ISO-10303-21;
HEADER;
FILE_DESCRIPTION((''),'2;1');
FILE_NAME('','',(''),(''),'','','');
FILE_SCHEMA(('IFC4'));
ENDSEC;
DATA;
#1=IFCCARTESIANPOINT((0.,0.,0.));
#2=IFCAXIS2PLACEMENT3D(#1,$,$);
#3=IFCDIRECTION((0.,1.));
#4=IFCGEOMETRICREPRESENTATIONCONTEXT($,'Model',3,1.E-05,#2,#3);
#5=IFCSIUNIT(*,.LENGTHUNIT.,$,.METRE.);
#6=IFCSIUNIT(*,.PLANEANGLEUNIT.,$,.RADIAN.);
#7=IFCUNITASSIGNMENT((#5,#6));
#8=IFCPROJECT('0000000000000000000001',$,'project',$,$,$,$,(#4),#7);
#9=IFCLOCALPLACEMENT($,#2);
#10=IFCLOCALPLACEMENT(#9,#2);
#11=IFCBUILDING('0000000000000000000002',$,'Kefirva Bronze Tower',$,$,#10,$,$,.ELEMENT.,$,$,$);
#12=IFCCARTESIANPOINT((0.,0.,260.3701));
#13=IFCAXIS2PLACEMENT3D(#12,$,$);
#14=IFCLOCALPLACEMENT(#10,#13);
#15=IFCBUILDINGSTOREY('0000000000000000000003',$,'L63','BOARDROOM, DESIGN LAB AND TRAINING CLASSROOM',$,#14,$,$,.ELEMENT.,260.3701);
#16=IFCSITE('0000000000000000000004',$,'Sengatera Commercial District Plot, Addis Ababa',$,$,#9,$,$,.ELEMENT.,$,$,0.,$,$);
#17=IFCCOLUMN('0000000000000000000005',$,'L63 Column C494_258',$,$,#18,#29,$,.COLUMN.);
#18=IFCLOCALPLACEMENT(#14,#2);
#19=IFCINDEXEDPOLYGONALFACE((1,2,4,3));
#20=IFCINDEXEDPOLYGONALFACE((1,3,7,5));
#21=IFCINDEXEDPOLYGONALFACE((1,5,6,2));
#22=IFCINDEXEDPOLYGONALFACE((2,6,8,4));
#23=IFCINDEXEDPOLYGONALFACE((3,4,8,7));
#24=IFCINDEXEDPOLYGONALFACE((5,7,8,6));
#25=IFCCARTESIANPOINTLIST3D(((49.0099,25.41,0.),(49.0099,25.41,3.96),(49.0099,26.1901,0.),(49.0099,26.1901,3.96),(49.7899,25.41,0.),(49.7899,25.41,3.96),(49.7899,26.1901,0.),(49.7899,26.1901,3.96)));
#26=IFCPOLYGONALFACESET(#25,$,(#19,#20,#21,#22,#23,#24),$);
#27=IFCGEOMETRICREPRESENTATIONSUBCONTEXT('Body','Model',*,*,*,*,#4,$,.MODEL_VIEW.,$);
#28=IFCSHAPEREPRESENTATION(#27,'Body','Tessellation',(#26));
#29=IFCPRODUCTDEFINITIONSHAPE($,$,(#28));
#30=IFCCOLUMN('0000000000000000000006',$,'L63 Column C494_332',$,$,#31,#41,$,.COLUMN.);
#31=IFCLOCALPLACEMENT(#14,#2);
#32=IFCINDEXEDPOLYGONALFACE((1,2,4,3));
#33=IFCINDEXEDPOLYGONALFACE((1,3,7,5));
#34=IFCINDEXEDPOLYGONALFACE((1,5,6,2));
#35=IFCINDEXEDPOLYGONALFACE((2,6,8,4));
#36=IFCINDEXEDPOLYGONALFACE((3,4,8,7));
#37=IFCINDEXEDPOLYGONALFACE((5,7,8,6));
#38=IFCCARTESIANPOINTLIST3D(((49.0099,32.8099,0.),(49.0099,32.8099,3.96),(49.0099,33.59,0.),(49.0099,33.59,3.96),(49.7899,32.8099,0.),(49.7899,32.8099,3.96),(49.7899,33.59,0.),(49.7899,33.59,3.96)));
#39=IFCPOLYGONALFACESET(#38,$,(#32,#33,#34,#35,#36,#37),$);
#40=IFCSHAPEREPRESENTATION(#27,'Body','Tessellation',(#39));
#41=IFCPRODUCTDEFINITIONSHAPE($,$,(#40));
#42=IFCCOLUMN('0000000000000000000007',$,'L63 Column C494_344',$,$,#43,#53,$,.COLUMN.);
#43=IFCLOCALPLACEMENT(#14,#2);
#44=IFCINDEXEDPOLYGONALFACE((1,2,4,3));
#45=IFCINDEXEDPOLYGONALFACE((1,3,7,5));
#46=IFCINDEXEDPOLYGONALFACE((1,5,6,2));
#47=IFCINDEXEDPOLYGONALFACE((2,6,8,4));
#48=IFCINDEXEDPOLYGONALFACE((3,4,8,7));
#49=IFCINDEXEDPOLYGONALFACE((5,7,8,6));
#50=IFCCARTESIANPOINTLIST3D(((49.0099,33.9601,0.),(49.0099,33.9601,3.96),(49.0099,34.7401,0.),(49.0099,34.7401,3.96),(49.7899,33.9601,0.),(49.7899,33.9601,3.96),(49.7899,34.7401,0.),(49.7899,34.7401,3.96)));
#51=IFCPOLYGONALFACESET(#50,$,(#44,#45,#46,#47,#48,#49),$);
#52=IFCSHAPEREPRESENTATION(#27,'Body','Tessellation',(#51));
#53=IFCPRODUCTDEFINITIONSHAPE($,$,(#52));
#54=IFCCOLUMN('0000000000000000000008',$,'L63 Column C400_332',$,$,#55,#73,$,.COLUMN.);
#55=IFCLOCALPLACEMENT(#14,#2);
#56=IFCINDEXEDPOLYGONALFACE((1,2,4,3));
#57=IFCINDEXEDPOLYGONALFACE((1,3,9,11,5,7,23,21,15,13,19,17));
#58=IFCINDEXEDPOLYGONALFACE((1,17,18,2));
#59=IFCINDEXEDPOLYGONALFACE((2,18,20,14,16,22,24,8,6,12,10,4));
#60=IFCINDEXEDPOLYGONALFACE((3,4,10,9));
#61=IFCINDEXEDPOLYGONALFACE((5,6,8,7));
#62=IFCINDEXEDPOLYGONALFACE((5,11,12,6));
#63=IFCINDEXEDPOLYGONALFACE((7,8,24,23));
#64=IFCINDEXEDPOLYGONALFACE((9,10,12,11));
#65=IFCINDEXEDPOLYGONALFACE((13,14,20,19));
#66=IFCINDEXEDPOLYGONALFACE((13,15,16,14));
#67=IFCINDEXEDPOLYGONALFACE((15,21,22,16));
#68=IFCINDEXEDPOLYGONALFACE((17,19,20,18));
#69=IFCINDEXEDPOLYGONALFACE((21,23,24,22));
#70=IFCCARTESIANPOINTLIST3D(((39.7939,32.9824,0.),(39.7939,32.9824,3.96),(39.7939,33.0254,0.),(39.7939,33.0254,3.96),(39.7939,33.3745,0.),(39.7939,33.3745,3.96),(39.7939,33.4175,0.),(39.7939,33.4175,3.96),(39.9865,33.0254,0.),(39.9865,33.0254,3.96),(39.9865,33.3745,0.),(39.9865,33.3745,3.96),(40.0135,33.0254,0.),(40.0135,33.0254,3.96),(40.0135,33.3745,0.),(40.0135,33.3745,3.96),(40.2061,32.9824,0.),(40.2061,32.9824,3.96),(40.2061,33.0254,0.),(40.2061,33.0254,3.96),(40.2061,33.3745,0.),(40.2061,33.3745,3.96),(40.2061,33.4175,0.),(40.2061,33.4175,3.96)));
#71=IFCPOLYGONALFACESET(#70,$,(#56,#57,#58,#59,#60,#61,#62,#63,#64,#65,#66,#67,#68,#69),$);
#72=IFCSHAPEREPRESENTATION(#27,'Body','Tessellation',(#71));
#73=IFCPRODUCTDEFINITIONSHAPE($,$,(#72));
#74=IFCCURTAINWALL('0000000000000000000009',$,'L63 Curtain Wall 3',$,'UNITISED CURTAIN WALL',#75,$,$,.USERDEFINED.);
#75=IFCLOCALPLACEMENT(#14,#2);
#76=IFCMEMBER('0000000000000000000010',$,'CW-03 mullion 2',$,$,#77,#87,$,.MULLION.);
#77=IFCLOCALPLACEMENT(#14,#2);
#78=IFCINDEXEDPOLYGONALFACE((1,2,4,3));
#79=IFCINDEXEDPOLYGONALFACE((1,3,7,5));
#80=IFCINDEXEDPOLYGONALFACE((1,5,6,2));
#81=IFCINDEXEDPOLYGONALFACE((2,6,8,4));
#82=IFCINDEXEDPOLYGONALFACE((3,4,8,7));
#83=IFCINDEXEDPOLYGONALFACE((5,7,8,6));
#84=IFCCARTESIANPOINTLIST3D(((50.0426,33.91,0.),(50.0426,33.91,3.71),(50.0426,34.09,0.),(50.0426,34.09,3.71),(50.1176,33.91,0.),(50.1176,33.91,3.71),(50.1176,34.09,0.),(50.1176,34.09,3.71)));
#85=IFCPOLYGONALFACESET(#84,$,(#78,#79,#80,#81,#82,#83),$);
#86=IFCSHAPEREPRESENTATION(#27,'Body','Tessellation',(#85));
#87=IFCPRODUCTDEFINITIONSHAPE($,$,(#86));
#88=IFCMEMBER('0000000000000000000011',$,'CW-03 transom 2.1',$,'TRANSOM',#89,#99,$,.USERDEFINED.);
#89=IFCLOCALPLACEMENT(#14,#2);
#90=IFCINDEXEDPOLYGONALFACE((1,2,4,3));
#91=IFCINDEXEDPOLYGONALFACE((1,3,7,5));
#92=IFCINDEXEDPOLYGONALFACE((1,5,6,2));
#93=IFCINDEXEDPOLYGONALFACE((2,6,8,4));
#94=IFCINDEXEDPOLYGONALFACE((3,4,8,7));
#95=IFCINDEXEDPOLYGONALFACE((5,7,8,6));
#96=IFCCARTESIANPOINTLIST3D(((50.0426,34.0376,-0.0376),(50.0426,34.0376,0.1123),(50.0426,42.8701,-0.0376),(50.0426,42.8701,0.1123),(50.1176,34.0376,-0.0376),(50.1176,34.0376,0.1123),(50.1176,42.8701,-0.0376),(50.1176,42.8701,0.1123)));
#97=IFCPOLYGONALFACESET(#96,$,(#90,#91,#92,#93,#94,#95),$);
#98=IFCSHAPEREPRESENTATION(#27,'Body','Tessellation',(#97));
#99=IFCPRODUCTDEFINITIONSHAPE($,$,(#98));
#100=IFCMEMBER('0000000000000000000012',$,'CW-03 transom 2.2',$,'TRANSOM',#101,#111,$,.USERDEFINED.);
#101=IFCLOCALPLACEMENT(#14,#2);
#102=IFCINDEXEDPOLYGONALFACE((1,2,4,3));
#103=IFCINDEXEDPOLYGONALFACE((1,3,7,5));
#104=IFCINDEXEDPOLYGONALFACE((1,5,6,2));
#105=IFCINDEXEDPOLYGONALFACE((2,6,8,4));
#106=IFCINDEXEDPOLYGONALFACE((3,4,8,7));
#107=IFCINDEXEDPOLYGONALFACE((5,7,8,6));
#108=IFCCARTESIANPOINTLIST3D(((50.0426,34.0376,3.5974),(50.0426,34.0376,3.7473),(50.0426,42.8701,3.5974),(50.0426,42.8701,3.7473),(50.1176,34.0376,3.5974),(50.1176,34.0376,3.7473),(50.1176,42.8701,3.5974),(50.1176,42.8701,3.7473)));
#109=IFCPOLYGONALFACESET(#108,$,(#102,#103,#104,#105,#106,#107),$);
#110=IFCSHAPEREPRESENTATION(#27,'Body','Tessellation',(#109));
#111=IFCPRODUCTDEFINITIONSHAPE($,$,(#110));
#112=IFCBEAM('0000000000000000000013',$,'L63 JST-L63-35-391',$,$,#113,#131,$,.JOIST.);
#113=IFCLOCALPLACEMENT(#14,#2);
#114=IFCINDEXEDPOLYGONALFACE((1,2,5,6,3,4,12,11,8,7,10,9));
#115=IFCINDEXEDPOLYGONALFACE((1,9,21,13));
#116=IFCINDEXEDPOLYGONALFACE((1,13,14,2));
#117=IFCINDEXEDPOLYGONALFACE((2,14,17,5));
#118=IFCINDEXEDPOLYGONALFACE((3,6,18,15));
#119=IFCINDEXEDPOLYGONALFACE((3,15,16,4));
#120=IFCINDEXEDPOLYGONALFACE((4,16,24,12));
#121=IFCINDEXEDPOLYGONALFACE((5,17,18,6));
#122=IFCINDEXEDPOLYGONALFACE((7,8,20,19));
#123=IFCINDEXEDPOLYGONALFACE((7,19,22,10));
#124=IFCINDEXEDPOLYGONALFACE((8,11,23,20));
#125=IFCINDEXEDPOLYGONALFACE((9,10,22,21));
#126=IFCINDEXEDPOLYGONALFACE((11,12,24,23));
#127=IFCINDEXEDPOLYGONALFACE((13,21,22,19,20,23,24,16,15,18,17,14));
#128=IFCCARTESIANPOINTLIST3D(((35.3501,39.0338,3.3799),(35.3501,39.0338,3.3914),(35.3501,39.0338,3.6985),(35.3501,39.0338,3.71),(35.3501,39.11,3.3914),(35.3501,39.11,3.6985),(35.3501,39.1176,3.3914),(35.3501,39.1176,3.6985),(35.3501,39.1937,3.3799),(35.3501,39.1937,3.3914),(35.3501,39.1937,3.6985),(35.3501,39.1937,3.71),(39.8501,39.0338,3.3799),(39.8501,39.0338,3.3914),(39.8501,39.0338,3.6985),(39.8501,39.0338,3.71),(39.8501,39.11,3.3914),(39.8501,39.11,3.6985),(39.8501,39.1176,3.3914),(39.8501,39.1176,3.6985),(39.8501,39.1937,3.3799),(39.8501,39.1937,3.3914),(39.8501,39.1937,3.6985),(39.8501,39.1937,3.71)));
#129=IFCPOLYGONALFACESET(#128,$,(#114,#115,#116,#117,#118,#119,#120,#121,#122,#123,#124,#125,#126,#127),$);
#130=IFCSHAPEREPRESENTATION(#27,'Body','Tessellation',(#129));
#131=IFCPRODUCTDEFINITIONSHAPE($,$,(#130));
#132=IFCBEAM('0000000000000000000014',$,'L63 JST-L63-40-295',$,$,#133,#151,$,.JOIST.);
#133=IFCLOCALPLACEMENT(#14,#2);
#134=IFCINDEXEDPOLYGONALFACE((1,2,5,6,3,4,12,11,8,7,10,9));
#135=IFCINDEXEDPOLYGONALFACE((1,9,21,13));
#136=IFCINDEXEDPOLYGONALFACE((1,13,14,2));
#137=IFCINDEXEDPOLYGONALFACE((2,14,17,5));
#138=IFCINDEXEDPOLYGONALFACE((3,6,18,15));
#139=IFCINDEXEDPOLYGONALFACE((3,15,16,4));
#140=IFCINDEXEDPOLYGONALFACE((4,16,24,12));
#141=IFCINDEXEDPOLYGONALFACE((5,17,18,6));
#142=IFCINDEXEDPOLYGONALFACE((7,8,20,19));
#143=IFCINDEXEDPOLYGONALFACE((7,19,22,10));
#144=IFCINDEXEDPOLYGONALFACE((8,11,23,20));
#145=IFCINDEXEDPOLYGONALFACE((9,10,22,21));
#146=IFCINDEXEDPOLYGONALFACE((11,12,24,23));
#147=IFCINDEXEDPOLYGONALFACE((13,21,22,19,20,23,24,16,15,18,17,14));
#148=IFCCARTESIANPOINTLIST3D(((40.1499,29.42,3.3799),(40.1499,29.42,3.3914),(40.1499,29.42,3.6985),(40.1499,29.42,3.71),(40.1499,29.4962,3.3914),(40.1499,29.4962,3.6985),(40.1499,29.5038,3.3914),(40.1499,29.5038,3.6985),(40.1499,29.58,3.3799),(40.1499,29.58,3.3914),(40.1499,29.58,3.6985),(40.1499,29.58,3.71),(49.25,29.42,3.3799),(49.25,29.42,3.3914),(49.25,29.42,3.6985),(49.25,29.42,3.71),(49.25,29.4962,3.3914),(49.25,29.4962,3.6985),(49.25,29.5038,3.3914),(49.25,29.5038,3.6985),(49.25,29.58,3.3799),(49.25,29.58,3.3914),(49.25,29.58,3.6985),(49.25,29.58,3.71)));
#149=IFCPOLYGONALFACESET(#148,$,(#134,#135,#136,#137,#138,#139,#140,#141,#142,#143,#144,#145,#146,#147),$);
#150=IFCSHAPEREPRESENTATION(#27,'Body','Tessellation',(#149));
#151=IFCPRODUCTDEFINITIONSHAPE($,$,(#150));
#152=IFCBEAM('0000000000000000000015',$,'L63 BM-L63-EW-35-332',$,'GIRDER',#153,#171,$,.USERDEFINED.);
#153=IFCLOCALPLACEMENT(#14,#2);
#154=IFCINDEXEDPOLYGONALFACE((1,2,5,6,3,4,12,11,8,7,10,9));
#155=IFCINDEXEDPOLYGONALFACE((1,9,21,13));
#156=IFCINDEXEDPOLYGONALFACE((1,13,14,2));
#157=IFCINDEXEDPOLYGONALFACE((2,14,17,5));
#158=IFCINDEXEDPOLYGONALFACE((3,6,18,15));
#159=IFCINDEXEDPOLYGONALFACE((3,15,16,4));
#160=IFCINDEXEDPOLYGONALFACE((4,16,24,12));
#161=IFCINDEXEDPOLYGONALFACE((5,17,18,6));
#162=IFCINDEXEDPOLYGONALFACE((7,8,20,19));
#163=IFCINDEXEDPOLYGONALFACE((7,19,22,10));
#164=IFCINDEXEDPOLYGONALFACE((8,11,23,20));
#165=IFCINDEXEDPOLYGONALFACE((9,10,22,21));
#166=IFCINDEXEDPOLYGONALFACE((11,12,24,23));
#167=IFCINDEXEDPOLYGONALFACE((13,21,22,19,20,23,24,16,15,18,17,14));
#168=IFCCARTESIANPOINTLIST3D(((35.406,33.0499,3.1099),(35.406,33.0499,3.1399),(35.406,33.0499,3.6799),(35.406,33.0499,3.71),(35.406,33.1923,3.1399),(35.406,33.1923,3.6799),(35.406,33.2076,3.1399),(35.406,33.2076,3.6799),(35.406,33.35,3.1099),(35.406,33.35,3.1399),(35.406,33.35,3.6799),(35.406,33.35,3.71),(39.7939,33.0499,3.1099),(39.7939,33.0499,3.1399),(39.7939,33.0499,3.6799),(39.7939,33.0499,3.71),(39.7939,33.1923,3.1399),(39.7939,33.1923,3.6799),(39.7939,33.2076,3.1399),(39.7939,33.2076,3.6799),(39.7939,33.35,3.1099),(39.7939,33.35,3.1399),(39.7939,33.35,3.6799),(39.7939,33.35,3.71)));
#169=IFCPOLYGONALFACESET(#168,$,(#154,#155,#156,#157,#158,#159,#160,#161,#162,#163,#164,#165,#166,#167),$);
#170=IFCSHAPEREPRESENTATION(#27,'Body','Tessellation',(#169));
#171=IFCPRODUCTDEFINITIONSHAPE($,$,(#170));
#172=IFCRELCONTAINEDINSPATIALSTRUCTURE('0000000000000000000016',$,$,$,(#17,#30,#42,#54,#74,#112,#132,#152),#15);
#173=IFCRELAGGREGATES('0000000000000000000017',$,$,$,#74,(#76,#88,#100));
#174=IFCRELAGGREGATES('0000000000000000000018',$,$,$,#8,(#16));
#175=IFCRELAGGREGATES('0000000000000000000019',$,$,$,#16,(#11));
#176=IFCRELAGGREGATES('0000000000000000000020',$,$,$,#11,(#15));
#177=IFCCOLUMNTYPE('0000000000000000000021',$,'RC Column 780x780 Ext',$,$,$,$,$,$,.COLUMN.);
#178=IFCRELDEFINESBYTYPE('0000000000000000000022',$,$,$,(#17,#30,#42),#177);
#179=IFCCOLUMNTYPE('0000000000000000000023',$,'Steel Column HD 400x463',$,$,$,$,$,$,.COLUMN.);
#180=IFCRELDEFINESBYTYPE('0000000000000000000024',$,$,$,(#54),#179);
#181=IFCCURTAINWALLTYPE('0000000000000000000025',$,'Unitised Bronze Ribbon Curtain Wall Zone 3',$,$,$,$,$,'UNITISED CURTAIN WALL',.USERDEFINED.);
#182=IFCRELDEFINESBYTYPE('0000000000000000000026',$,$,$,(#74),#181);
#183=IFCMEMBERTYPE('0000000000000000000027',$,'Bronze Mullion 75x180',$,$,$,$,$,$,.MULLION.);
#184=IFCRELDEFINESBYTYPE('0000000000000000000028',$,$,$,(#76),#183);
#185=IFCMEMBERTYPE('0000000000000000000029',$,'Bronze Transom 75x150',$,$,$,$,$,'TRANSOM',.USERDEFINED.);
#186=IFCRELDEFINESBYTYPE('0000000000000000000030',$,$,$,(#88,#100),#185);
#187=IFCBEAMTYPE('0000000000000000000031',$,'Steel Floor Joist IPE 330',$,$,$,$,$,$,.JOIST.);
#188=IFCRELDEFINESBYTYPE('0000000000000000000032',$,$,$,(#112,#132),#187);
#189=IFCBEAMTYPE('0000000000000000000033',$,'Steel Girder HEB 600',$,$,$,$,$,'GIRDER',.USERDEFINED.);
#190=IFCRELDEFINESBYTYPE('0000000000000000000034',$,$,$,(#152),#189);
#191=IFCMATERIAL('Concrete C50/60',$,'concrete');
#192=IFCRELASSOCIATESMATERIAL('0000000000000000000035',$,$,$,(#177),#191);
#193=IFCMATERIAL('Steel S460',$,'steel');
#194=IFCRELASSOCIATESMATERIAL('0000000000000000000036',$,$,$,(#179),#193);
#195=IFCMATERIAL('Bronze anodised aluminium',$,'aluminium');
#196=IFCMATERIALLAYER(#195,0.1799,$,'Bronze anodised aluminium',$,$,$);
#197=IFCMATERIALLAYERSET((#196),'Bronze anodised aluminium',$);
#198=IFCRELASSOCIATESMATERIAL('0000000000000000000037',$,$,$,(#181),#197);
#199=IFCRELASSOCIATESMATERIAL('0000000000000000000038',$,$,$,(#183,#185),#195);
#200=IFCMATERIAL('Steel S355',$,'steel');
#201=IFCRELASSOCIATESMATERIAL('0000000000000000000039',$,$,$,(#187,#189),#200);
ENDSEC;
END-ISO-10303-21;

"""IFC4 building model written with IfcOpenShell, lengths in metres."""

from ifc_helpers import new_model, si_unit, direction, frame, origin, origin_2d, place, context, subcontext, project, spatial, rectangle, i_section, extrude, material, layer, layer_set, material_profile, profile_set, type_object, element, aggregate, save


model = new_model("IFC4")

# Units and contexts
model_context = context("Model", 3, precision=1e-05, world=origin(), true_north=direction((0.0, 1.0)))
body_context = subcontext(model_context, "Body", "Model", "MODEL_VIEW")
ifc_project = project(units=[si_unit("LENGTHUNIT", "METRE"), si_unit("PLANEANGLEUNIT", "RADIAN")], contexts=[model_context])

# Site, building, storey
site_placement = place(None, origin())
site = spatial("IfcSite", under=ifc_project, at=site_placement, Name="Sengatera Commercial District Plot, Addis Ababa", CompositionType="ELEMENT", RefElevation=0.0)
building_placement = place(site_placement, origin())
building = spatial("IfcBuilding", under=site, at=building_placement, Name="Kefirva Bronze Tower", CompositionType="ELEMENT")
storey_placement = place(building_placement, frame((0.0, 0.0, 260.3701)))
storey = spatial("IfcBuildingStorey", under=building, at=storey_placement, Name="L63", Description="BOARDROOM, DESIGN LAB AND TRAINING CLASSROOM", CompositionType="ELEMENT", Elevation=260.3701)

# Columns
ifc_material_1 = material(Name="Concrete C50/60", Category="concrete")
ifc_material_profile_1 = material_profile(ifc_material_1, rectangle(XDim=0.78, YDim=0.78, at=origin_2d()), Name="RC 780x780")
ifc_profile_set_1 = profile_set([ifc_material_profile_1], Name="Concrete C50/60")
column_type_1 = type_object("IfcColumnType", Name="RC Column 780x780 Ext", PredefinedType="COLUMN", material=ifc_profile_set_1)
for number, where, z_axis, x_axis, name in (
    (1, (49.3999, 25.8, 0.0), (0.0, 0.0, 1.0), (1.0, 0.0, 0.0), "L63 Column C494_258"),
    (2, (49.3999, 33.2, 0.0), (0.0, 0.0, 1.0), (1.0, 0.0, 0.0), "L63 Column C494_332"),
    (3, (49.3999, 34.3501, 0.0), (0.0, 0.0, 1.0), (1.0, 0.0, 0.0), "L63 Column C494_344"),
):
    element("IfcColumn", number, at=place(storey_placement, frame(where, z_axis=z_axis, x_axis=x_axis)), inside=storey, type_object=column_type_1, Name=name, PredefinedType="COLUMN", context=body_context, shape_type="SweptSolid", body=[
        extrude(rectangle(XDim=0.78, YDim=0.78, at=origin_2d()), origin(), (0.0, 0.0, 1.0), 3.96),
    ])
ifc_material_2 = material(Name="Steel S460", Category="steel")
ifc_material_profile_2 = material_profile(ifc_material_2, i_section(OverallWidth=0.4121, OverallDepth=0.4351, WebThickness=0.0271, FlangeThickness=0.043, at=origin_2d()), Name="HD 400x463")
ifc_profile_set_2 = profile_set([ifc_material_profile_2], Name="Steel S460")
column_type_2 = type_object("IfcColumnType", Name="Steel Column HD 400x463", PredefinedType="COLUMN", material=ifc_profile_set_2)
column_placement = place(storey_placement, frame((40.0, 33.2, 0.0), z_axis=(0.0, 0.0, 1.0), x_axis=(1.0, 0.0, 0.0)))
element("IfcColumn", 4, at=column_placement, inside=storey, type_object=column_type_2, Name="L63 Column C400_332", PredefinedType="COLUMN", context=body_context, shape_type="SweptSolid", body=[
    extrude(i_section(OverallWidth=0.4121, OverallDepth=0.4351, WebThickness=0.0271, FlangeThickness=0.043, at=origin_2d()), origin(), (0.0, 0.0, 1.0), 3.96),
])

# Curtain wall, members
ifc_material_3 = material(Name="Bronze anodised aluminium", Category="aluminium")
ifc_layer_1 = layer(ifc_material_3, 0.1799, Name="Bronze anodised aluminium")
ifc_layer_set_1 = layer_set([ifc_layer_1], Name="Bronze anodised aluminium")
curtain_wall_type = type_object("IfcCurtainWallType", Name="Unitised Bronze Ribbon Curtain Wall Zone 3", ElementType="UNITISED CURTAIN WALL", PredefinedType="USERDEFINED", material=ifc_layer_set_1)
curtain_wall_placement = place(storey_placement, origin())
curtain_wall = element("IfcCurtainWall", 5, at=curtain_wall_placement, inside=storey, type_object=curtain_wall_type, Name="L63 Curtain Wall 3", ObjectType="UNITISED CURTAIN WALL", PredefinedType="USERDEFINED")
ifc_material_profile_3 = material_profile(ifc_material_3, rectangle(XDim=0.075, YDim=0.1799, at=origin_2d()), Name="ALU 75x180")
ifc_profile_set_3 = profile_set([ifc_material_profile_3], Name="Bronze anodised aluminium")
member_type_1 = type_object("IfcMemberType", Name="Bronze Mullion 75x180", PredefinedType="MULLION", material=ifc_profile_set_3)
member_1_placement = place(storey_placement, frame((50.0801, 34.0, 0.0), z_axis=(0.0, 0.0, 1.0), x_axis=(-1.0, 0.0, 0.0)))
member_1 = element("IfcMember", 6, at=member_1_placement, type_object=member_type_1, Name="CW-03 mullion 2", PredefinedType="MULLION", context=body_context, shape_type="SweptSolid", body=[
    extrude(rectangle(XDim=0.075, YDim=0.1799, at=origin_2d()), origin(), (0.0, 0.0, 1.0), 3.71),
])
ifc_material_profile_4 = material_profile(ifc_material_3, rectangle(XDim=0.075, YDim=0.1499, at=origin_2d()), Name="ALU 75x150")
ifc_profile_set_4 = profile_set([ifc_material_profile_4], Name="Bronze anodised aluminium")
member_type_2 = type_object("IfcMemberType", Name="Bronze Transom 75x150", ElementType="TRANSOM", PredefinedType="USERDEFINED", material=ifc_profile_set_4)
member_2_placement = place(storey_placement, frame((50.0801, 34.0376, 0.0374), z_axis=(0.0, 1.0, 0.0), x_axis=(-1.0, 0.0, 0.0)))
member_2 = element("IfcMember", 7, at=member_2_placement, type_object=member_type_2, Name="CW-03 transom 2.1", ObjectType="TRANSOM", PredefinedType="USERDEFINED", context=body_context, shape_type="SweptSolid", body=[
    extrude(rectangle(XDim=0.075, YDim=0.1499, at=origin_2d()), origin(), (0.0, 0.0, 1.0), 8.8325),
])
member_3_placement = place(storey_placement, frame((50.0801, 34.0376, 3.6724), z_axis=(0.0, 1.0, 0.0), x_axis=(-1.0, 0.0, 0.0)))
member_3 = element("IfcMember", 8, at=member_3_placement, type_object=member_type_2, Name="CW-03 transom 2.2", ObjectType="TRANSOM", PredefinedType="USERDEFINED", context=body_context, shape_type="SweptSolid", body=[
    extrude(rectangle(XDim=0.075, YDim=0.1499, at=origin_2d()), origin(), (0.0, 0.0, 1.0), 8.8325),
])

# Beams
ifc_material_4 = material(Name="Steel S355", Category="steel")
ifc_material_profile_5 = material_profile(ifc_material_4, i_section(OverallWidth=0.1599, OverallDepth=0.3301, WebThickness=0.0076, FlangeThickness=0.0115, at=origin_2d()), Name="IPE 330")
ifc_profile_set_5 = profile_set([ifc_material_profile_5], Name="Steel S355")
beam_type_1 = type_object("IfcBeamType", Name="Steel Floor Joist IPE 330", PredefinedType="JOIST", material=ifc_profile_set_5)
beam_1_placement = place(storey_placement, frame((35.3501, 39.1138, 3.5449), z_axis=(1.0, 0.0, 0.0), x_axis=(0.0, 1.0, 0.0)))
element("IfcBeam", 9, at=beam_1_placement, inside=storey, type_object=beam_type_1, Name="L63 JST-L63-35-391", PredefinedType="JOIST", context=body_context, shape_type="SweptSolid", body=[
    extrude(i_section(OverallWidth=0.1599, OverallDepth=0.3301, WebThickness=0.0076, FlangeThickness=0.0115, at=origin_2d()), origin(), (0.0, 0.0, 1.0), 4.5),
])
beam_2_placement = place(storey_placement, frame((40.1499, 29.5, 3.5449), z_axis=(1.0, 0.0, 0.0), x_axis=(0.0, 1.0, 0.0)))
element("IfcBeam", 10, at=beam_2_placement, inside=storey, type_object=beam_type_1, Name="L63 JST-L63-40-295", PredefinedType="JOIST", context=body_context, shape_type="SweptSolid", body=[
    extrude(i_section(OverallWidth=0.1599, OverallDepth=0.3301, WebThickness=0.0076, FlangeThickness=0.0115, at=origin_2d()), origin(), (0.0, 0.0, 1.0), 9.1001),
])
ifc_material_profile_6 = material_profile(ifc_material_4, i_section(OverallWidth=0.3, OverallDepth=0.6001, WebThickness=0.0154, FlangeThickness=0.03, at=origin_2d()), Name="HEB 600")
ifc_profile_set_6 = profile_set([ifc_material_profile_6], Name="Steel S355")
beam_type_2 = type_object("IfcBeamType", Name="Steel Girder HEB 600", ElementType="GIRDER", PredefinedType="USERDEFINED", material=ifc_profile_set_6)
beam_3_placement = place(storey_placement, frame((35.406, 33.2, 3.4099), z_axis=(1.0, 0.0, 0.0), x_axis=(0.0, 1.0, 0.0)))
element("IfcBeam", 11, at=beam_3_placement, inside=storey, type_object=beam_type_2, Name="L63 BM-L63-EW-35-332", ObjectType="GIRDER", PredefinedType="USERDEFINED", context=body_context, shape_type="SweptSolid", body=[
    extrude(i_section(OverallWidth=0.3, OverallDepth=0.6001, WebThickness=0.0154, FlangeThickness=0.03, at=origin_2d()), origin(), (0.0, 0.0, 1.0), 4.3879),
])

aggregate(curtain_wall, [member_1, member_2, member_3])

save(model, "model.ifc")
